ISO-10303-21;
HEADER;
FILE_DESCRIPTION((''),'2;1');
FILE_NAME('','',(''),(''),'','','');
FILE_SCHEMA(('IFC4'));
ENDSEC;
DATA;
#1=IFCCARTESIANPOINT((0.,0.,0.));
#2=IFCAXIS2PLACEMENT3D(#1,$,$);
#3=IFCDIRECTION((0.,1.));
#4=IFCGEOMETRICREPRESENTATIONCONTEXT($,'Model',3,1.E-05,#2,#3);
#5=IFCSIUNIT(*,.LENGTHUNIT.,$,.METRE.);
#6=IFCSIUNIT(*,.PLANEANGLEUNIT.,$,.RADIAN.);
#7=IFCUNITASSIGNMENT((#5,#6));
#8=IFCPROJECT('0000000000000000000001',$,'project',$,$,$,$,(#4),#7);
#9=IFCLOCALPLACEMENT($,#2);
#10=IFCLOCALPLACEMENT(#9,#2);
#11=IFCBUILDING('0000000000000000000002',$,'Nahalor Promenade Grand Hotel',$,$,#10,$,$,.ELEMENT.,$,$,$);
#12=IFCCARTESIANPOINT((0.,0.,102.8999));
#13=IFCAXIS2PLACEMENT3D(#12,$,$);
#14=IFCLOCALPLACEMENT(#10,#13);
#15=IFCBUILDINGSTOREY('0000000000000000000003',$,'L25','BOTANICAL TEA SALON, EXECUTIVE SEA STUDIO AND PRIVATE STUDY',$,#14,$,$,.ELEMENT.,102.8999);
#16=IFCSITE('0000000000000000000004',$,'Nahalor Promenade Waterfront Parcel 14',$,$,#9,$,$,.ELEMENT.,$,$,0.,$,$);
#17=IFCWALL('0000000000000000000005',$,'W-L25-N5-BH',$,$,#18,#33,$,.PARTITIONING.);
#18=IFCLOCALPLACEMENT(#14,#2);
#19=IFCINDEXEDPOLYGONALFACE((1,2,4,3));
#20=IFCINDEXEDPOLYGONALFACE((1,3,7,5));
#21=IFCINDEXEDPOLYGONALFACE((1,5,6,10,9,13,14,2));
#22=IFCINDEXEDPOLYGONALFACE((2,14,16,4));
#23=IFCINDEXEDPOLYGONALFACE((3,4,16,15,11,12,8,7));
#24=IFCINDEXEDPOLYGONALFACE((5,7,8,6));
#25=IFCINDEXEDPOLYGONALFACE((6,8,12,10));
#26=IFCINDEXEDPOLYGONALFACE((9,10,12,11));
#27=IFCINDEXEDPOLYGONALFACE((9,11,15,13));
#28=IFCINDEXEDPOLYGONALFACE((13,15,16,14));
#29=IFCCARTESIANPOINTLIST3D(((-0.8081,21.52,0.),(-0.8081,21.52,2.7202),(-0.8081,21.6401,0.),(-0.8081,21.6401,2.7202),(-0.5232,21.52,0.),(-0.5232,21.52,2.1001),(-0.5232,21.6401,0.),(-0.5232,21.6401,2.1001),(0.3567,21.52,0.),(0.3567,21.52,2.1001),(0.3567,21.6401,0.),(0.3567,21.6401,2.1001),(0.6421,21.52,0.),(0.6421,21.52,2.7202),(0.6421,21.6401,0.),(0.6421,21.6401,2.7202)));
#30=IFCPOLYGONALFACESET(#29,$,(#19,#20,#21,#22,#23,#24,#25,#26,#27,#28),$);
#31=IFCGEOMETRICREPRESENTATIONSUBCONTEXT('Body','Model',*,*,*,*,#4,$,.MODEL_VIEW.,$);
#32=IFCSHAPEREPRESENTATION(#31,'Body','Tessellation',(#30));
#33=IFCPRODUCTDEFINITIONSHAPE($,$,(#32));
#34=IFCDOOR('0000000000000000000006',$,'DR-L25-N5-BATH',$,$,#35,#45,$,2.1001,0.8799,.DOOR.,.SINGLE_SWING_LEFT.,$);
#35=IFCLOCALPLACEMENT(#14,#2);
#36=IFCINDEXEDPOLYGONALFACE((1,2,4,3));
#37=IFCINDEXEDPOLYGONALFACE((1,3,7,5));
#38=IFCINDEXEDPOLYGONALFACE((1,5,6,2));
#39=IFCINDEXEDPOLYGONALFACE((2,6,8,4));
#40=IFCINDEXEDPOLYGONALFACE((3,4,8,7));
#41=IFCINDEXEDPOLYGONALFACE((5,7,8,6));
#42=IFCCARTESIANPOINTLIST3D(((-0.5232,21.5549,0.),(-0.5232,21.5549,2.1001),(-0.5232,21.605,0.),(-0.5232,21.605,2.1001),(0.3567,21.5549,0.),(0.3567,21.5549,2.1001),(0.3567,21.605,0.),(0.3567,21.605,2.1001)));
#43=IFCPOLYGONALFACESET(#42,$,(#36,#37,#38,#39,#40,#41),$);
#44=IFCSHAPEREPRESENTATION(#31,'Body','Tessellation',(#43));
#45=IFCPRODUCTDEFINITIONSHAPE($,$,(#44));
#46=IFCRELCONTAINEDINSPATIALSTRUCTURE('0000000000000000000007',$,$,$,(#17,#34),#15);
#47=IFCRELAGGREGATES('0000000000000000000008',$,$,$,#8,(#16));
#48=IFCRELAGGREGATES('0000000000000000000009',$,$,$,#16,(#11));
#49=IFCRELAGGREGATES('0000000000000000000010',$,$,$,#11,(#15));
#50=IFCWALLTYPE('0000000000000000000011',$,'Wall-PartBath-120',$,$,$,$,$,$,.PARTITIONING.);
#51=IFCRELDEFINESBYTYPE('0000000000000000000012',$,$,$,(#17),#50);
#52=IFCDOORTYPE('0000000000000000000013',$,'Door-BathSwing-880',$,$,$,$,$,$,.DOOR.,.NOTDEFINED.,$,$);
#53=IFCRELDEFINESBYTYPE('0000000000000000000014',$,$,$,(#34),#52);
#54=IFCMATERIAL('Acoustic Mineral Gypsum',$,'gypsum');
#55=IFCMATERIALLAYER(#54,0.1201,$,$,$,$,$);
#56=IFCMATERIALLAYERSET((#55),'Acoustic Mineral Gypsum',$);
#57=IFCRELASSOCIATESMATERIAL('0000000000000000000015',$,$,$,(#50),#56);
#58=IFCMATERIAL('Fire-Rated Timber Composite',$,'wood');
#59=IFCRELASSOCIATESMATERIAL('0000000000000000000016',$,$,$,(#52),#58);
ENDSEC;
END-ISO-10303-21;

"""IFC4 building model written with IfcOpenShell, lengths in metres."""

from ifc_helpers import new_model, si_unit, direction, frame, frame_2d, origin, place, context, subcontext, project, spatial, rectangle, extrude, source, transform, mapped, material, layer, layer_set, type_object, element, fill, save


model = new_model("IFC4")

# Units and contexts
model_context = context("Model", 3, precision=1e-05, world=origin(), true_north=direction((0.0, 1.0)))
body_context = subcontext(model_context, "Body", "Model", "MODEL_VIEW")
ifc_project = project(units=[si_unit("LENGTHUNIT", "METRE"), si_unit("PLANEANGLEUNIT", "RADIAN")], contexts=[model_context])

# Site, building, storey
site_placement = place(None, origin())
site = spatial("IfcSite", under=ifc_project, at=site_placement, Name="Nahalor Promenade Waterfront Parcel 14", CompositionType="ELEMENT", RefElevation=0.0)
building_placement = place(site_placement, origin())
building = spatial("IfcBuilding", under=site, at=building_placement, Name="Nahalor Promenade Grand Hotel", CompositionType="ELEMENT")
storey_placement = place(building_placement, frame((0.0, 0.0, 102.8999)))
storey = spatial("IfcBuildingStorey", under=building, at=storey_placement, Name="L25", Description="BOTANICAL TEA SALON, EXECUTIVE SEA STUDIO AND PRIVATE STUDY", CompositionType="ELEMENT", Elevation=102.8999)

# Shared definitions
ifc_material_1 = material(Name="Acoustic Mineral Gypsum", Category="gypsum")
ifc_layer_1 = layer(ifc_material_1, 0.1201)
ifc_layer_set_1 = layer_set([ifc_layer_1], Name="Acoustic Mineral Gypsum")
wall_type = type_object("IfcWallType", Name="Wall-PartBath-120", PredefinedType="PARTITIONING", material=ifc_layer_set_1)
ifc_material_2 = material(Name="Fire-Rated Timber Composite", Category="wood")
door_type = type_object("IfcDoorType", Name="Door-BathSwing-880", OperationType="NOTDEFINED", PredefinedType="DOOR", material=ifc_material_2)
shared_shape_1 = source(origin(), body_context, "Body", "SweptSolid", [
    extrude(rectangle(XDim=0.8799, YDim=2.1001, at=frame_2d((0.4399, 1.05))), frame((0.0, 0.0249, 0.0), z_axis=(0.0, -1.0, 0.0), x_axis=(1.0, 0.0, 0.0)), (0.0, 0.0, 1.0), 0.05),
])

# Wall, opening, door
shared_shape_2 = source(origin(), body_context, "Body", "SweptSolid", [
    extrude(rectangle(XDim=1.4502, YDim=0.1201, at=frame_2d((0.7251, 0.0))), origin(), (0.0, 0.0, 1.0), 2.7202),
])
wall_1_placement = place(storey_placement, frame((-0.8081, 21.5801, 0.0), z_axis=(0.0, 0.0, 1.0), x_axis=(1.0, 0.0, 0.0)))
wall_1 = element("IfcWall", 1, at=wall_1_placement, inside=storey, type_object=wall_type, Name="W-L25-N5-BH", PredefinedType="PARTITIONING", context=body_context, shape_type="MappedRepresentation", body=[
    mapped(shared_shape_2, transform((0.0, 0.0, 0.0), scale=1.0)),
])
opening_1_placement = place(wall_1_placement, frame((0.2849, 0.0, 0.0)))
opening_1 = element("IfcOpeningElement", 2, at=opening_1_placement, cuts=wall_1, PredefinedType="OPENING", context=body_context, shape_type="SweptSolid", body=[
    extrude(rectangle(XDim=0.8799, YDim=2.1001, at=frame_2d((0.4399, 1.05))), frame((0.0, 0.0701, 0.0), z_axis=(0.0, -1.0, 0.0), x_axis=(1.0, 0.0, 0.0)), (0.0, 0.0, 1.0), 0.1401),
])
door_1_placement = place(opening_1_placement, origin())
door_1 = element("IfcDoor", 3, at=door_1_placement, inside=storey, type_object=door_type, Name="DR-L25-N5-BATH", OperationType="SINGLE_SWING_LEFT", OverallHeight=2.1001, OverallWidth=0.8799, PredefinedType="DOOR", context=body_context, shape_type="MappedRepresentation", body=[
    mapped(shared_shape_1, transform((0.0, 0.0, 0.0), scale=1.0)),
])
fill(opening_1, door_1)

save(model, "model.ifc")
